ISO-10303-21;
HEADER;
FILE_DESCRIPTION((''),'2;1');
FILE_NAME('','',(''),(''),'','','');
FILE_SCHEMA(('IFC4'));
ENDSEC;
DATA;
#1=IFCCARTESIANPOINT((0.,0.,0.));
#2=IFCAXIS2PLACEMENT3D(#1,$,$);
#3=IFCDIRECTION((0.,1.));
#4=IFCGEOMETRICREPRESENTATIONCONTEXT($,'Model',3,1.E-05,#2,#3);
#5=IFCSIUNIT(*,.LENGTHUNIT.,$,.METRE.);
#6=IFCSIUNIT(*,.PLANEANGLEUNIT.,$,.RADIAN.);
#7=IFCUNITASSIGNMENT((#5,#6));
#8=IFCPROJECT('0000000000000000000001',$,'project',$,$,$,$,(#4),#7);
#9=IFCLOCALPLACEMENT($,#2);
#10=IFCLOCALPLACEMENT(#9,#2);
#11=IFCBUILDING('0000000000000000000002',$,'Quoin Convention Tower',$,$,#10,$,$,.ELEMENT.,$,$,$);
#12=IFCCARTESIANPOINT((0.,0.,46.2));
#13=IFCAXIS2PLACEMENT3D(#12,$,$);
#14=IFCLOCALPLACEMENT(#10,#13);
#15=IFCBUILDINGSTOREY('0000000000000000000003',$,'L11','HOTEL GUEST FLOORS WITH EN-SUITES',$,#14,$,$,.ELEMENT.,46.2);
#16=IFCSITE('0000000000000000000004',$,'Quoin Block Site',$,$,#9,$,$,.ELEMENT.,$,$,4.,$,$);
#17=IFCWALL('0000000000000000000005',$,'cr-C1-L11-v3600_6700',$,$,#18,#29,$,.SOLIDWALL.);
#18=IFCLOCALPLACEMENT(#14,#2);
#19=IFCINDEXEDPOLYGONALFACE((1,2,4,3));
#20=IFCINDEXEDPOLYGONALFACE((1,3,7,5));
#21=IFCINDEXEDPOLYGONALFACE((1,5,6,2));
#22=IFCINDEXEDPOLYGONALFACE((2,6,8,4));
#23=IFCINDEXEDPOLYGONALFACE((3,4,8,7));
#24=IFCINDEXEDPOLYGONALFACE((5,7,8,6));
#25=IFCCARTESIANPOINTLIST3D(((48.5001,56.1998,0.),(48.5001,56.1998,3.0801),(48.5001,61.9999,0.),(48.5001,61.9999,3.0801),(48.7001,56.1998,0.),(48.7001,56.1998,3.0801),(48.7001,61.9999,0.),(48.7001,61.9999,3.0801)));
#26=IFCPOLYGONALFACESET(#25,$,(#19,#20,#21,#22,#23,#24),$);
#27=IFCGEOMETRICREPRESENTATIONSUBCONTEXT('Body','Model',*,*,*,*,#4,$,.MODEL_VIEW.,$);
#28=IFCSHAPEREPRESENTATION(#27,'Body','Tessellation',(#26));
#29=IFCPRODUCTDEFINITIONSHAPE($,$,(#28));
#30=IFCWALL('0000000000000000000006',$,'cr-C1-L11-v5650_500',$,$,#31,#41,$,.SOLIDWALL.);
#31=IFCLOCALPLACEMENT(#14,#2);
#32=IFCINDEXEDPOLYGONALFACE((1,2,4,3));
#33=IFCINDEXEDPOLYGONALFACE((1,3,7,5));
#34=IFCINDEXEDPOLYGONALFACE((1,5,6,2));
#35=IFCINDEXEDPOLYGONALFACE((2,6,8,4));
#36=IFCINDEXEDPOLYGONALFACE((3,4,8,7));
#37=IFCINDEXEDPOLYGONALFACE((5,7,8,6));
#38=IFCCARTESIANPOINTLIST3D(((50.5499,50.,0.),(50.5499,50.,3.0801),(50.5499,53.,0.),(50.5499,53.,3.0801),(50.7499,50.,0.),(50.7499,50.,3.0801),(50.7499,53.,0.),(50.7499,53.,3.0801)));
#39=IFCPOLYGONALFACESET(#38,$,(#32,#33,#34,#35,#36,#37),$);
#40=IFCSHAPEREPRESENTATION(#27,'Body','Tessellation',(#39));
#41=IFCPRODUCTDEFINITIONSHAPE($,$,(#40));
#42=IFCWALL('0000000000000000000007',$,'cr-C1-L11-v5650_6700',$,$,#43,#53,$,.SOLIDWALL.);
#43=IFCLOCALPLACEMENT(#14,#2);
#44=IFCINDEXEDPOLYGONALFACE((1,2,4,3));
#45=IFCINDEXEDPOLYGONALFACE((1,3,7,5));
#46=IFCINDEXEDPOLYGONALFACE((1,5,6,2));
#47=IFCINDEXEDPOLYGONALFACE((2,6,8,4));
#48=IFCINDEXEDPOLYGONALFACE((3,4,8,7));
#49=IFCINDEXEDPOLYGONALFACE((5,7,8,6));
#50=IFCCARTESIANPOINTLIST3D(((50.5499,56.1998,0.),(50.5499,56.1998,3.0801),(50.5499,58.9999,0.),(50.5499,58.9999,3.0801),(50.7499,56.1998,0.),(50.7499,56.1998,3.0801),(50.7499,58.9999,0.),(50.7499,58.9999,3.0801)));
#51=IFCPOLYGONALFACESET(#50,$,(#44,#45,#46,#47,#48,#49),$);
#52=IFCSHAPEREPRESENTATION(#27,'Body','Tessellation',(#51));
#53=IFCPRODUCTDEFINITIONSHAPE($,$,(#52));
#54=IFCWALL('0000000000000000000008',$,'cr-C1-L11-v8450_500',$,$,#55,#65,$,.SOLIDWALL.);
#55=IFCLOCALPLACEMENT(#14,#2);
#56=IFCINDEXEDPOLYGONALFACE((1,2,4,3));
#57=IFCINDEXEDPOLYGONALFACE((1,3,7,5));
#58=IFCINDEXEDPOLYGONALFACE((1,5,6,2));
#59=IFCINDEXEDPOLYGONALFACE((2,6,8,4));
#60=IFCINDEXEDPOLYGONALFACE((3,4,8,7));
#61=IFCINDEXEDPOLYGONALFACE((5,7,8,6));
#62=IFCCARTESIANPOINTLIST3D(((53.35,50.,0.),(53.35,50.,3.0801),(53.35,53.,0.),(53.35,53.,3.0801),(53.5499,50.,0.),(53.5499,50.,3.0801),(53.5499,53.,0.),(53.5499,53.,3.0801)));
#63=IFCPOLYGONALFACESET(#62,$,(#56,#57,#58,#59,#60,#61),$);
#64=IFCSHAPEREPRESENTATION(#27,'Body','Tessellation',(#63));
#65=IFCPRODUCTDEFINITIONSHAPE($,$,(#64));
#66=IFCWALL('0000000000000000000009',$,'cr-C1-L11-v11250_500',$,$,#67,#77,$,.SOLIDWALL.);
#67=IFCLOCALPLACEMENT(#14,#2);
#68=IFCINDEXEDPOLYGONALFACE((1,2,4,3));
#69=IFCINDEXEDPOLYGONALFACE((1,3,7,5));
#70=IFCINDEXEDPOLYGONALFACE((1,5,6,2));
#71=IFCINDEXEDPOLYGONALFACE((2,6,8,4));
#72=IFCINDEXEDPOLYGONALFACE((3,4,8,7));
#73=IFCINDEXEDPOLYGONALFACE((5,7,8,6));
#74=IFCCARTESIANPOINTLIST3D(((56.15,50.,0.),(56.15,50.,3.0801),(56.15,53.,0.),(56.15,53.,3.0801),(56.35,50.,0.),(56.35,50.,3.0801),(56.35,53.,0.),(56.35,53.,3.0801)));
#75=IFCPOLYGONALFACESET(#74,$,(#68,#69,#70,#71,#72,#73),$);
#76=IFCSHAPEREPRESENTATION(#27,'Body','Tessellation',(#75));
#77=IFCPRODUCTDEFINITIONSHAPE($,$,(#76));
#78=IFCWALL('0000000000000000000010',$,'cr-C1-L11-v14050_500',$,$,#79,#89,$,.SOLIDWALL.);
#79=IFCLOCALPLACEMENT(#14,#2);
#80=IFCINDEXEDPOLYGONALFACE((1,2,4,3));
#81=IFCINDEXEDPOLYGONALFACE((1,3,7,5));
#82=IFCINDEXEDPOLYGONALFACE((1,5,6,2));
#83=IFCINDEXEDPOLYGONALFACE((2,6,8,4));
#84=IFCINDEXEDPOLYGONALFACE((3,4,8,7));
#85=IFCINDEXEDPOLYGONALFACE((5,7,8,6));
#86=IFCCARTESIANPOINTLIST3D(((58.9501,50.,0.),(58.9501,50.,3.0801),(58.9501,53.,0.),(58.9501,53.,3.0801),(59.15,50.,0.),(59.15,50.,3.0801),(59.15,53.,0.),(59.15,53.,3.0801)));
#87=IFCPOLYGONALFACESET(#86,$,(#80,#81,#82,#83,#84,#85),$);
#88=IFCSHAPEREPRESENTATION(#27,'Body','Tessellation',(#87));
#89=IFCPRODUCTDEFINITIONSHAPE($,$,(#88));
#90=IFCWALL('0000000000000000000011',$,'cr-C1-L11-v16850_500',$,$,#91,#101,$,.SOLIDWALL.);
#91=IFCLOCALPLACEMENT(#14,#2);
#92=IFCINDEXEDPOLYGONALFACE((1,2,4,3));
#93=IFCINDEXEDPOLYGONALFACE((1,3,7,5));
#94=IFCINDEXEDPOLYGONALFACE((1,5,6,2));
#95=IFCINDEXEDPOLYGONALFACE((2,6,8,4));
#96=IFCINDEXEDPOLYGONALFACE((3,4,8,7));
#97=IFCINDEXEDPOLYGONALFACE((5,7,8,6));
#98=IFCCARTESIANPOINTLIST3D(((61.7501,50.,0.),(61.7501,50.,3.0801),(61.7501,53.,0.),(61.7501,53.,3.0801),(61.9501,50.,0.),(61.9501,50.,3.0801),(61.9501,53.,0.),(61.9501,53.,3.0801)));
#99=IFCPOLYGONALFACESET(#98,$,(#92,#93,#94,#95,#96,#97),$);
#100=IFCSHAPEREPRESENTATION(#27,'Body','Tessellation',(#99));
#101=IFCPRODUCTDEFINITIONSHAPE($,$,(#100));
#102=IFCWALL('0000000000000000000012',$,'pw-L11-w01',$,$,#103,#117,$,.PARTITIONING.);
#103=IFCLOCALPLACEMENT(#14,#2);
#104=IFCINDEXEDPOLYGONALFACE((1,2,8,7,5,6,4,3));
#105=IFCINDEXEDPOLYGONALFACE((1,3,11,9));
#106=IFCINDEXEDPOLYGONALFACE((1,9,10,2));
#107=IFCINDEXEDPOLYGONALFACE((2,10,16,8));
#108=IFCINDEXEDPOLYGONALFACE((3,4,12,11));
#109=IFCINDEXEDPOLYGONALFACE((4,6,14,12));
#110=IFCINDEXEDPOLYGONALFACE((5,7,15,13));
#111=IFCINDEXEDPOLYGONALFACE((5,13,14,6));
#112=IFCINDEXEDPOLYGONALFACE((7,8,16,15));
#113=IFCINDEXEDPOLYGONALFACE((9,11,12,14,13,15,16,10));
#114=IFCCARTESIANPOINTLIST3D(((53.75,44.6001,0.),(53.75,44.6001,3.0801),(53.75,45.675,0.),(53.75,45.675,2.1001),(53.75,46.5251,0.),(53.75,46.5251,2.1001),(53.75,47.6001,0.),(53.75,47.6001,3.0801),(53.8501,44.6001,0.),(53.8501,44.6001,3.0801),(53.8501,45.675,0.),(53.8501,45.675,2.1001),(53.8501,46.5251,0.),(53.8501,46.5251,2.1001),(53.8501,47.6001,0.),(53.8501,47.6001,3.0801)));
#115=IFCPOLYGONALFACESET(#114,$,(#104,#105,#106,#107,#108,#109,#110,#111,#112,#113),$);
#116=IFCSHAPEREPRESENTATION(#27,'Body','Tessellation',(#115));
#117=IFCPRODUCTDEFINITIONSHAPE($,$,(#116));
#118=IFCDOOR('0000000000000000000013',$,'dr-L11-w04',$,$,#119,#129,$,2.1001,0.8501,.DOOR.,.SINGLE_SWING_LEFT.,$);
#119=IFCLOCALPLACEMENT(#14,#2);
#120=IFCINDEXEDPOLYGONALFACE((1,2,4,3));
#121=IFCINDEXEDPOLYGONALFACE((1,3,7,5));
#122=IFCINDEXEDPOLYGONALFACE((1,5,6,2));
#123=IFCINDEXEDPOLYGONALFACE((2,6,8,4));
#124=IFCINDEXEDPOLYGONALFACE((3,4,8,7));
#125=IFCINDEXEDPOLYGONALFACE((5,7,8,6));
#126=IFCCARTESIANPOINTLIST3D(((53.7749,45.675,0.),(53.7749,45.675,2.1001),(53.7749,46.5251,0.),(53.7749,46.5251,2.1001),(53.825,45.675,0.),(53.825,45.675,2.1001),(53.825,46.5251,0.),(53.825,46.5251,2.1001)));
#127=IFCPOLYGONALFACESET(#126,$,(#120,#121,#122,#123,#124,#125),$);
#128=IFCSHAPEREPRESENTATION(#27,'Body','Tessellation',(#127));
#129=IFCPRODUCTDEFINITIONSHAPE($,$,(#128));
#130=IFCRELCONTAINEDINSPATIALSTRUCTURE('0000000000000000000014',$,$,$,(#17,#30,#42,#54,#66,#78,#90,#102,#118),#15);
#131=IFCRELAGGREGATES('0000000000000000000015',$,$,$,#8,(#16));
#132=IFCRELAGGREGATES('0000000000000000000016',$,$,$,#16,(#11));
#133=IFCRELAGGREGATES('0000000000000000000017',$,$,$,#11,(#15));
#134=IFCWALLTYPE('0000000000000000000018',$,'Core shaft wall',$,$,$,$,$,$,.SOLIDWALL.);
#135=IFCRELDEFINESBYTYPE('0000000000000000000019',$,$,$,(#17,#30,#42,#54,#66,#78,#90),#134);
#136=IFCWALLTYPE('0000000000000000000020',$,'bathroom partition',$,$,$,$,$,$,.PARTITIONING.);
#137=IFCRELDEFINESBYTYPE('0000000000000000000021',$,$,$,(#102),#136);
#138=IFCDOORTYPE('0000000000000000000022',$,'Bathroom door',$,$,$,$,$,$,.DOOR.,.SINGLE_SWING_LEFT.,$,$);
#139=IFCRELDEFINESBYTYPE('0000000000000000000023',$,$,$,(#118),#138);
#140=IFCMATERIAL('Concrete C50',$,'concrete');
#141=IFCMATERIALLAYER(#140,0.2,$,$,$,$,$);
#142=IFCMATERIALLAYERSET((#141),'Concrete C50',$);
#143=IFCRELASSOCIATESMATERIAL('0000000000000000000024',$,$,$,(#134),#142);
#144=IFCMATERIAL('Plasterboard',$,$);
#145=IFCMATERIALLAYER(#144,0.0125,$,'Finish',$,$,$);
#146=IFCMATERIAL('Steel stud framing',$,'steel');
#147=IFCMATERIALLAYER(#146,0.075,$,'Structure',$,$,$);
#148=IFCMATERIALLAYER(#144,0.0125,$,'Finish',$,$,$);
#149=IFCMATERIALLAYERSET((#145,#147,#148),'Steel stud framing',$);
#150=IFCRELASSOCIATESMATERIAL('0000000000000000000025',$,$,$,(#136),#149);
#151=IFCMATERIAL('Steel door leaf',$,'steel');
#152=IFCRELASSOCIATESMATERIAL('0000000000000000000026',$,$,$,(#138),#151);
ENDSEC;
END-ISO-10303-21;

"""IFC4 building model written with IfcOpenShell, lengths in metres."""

from ifc_helpers import new_model, si_unit, direction, frame, frame_2d, origin, place, context, subcontext, project, spatial, rectangle, extrude, material, layer, layer_set, type_object, element, fill, save


model = new_model("IFC4")

# Units and contexts
model_context = context("Model", 3, precision=1e-05, world=origin(), true_north=direction((0.0, 1.0)))
body_context = subcontext(model_context, "Body", "Model", "MODEL_VIEW")
ifc_project = project(units=[si_unit("LENGTHUNIT", "METRE"), si_unit("PLANEANGLEUNIT", "RADIAN")], contexts=[model_context])

# Site, building, storey
site_placement = place(None, origin())
site = spatial("IfcSite", under=ifc_project, at=site_placement, Name="Quoin Block Site", CompositionType="ELEMENT", RefElevation=4.0)
building_placement = place(site_placement, origin())
building = spatial("IfcBuilding", under=site, at=building_placement, Name="Quoin Convention Tower", CompositionType="ELEMENT")
storey_placement = place(building_placement, frame((0.0, 0.0, 46.2)))
storey = spatial("IfcBuildingStorey", under=building, at=storey_placement, Name="L11", Description="HOTEL GUEST FLOORS WITH EN-SUITES", CompositionType="ELEMENT", Elevation=46.2)

# Shared definitions
ifc_material_1 = material(Name="Plasterboard")
ifc_material_2 = material(Name="Steel stud framing", Category="steel")
ifc_material_3 = material(Name="Steel door leaf", Category="steel")
ifc_material_4 = material(Name="Concrete C50", Category="concrete")
ifc_layer_1 = layer(ifc_material_4, 0.2)
ifc_layer_set_1 = layer_set([ifc_layer_1], Name="Concrete C50")
wall_type_1 = type_object("IfcWallType", Name="Core shaft wall", PredefinedType="SOLIDWALL", material=ifc_layer_set_1)

# Walls
wall_1_placement = place(storey_placement, frame((48.6001, 56.2, 0.0), z_axis=(0.0, 0.0, 1.0), x_axis=(0.0, 1.0, 0.0)))
element("IfcWall", 1, at=wall_1_placement, inside=storey, type_object=wall_type_1, Name="cr-C1-L11-v3600_6700", PredefinedType="SOLIDWALL", context=body_context, shape_type="SweptSolid", body=[
    extrude(rectangle(XDim=5.8, YDim=0.2, at=frame_2d((2.8999, 0.0))), origin(), (0.0, 0.0, 1.0), 3.0801),
])
wall_2_placement = place(storey_placement, frame((50.6499, 50.0, 0.0), z_axis=(0.0, 0.0, 1.0), x_axis=(0.0, 1.0, 0.0)))
element("IfcWall", 2, at=wall_2_placement, inside=storey, type_object=wall_type_1, Name="cr-C1-L11-v5650_500", PredefinedType="SOLIDWALL", context=body_context, shape_type="SweptSolid", body=[
    extrude(rectangle(XDim=3.0, YDim=0.2, at=frame_2d((1.5, 0.0))), origin(), (0.0, 0.0, 1.0), 3.0801),
])
wall_3_placement = place(storey_placement, frame((50.6499, 56.2, 0.0), z_axis=(0.0, 0.0, 1.0), x_axis=(0.0, 1.0, 0.0)))
element("IfcWall", 3, at=wall_3_placement, inside=storey, type_object=wall_type_1, Name="cr-C1-L11-v5650_6700", PredefinedType="SOLIDWALL", context=body_context, shape_type="SweptSolid", body=[
    extrude(rectangle(XDim=2.8, YDim=0.2, at=frame_2d((1.3999, 0.0))), origin(), (0.0, 0.0, 1.0), 3.0801),
])
for number, where, z_axis, x_axis, name in (
    (4, (53.45, 50.0, 0.0), (0.0, 0.0, 1.0), (0.0, 1.0, 0.0), "cr-C1-L11-v8450_500"),
    (5, (56.25, 50.0, 0.0), (0.0, 0.0, 1.0), (0.0, 1.0, 0.0), "cr-C1-L11-v11250_500"),
    (6, (59.05, 50.0, 0.0), (0.0, 0.0, 1.0), (0.0, 1.0, 0.0), "cr-C1-L11-v14050_500"),
    (7, (61.8501, 50.0, 0.0), (0.0, 0.0, 1.0), (0.0, 1.0, 0.0), "cr-C1-L11-v16850_500"),
):
    element("IfcWall", number, at=place(storey_placement, frame(where, z_axis=z_axis, x_axis=x_axis)), inside=storey, type_object=wall_type_1, Name=name, PredefinedType="SOLIDWALL", context=body_context, shape_type="SweptSolid", body=[
        extrude(rectangle(XDim=3.0, YDim=0.2, at=frame_2d((1.5, 0.0))), origin(), (0.0, 0.0, 1.0), 3.0801),
    ])

# Wall, opening, door
ifc_layer_2 = layer(ifc_material_1, 0.0125, Name="Finish")
ifc_layer_3 = layer(ifc_material_2, 0.075, Name="Structure")
ifc_layer_4 = layer(ifc_material_1, 0.0125, Name="Finish")
ifc_layer_set_2 = layer_set([ifc_layer_2, ifc_layer_3, ifc_layer_4], Name="Steel stud framing")
wall_type_2 = type_object("IfcWallType", Name="bathroom partition", PredefinedType="PARTITIONING", material=ifc_layer_set_2)
wall_4_placement = place(storey_placement, frame((53.8, 47.6001, 0.0), z_axis=(0.0, 0.0, 1.0), x_axis=(0.0, -1.0, 0.0)))
wall_4 = element("IfcWall", 8, at=wall_4_placement, inside=storey, type_object=wall_type_2, Name="pw-L11-w01", PredefinedType="PARTITIONING", context=body_context, shape_type="SweptSolid", body=[
    extrude(rectangle(XDim=3.0, YDim=0.1001, at=frame_2d((1.5, 0.0))), origin(), (0.0, 0.0, 1.0), 3.0801),
])
opening_1_placement = place(wall_4_placement, frame((1.075, 0.0, 0.0)))
opening_1 = element("IfcOpeningElement", 9, at=opening_1_placement, cuts=wall_4, PredefinedType="OPENING", context=body_context, shape_type="SweptSolid", body=[
    extrude(rectangle(XDim=0.8501, YDim=2.1001, at=frame_2d((0.425, 1.05))), frame((0.0, 0.0601, 0.0), z_axis=(0.0, -1.0, 0.0), x_axis=(1.0, 0.0, 0.0)), (0.0, 0.0, 1.0), 0.1201),
])
door_type_1 = type_object("IfcDoorType", Name="Bathroom door", OperationType="SINGLE_SWING_LEFT", PredefinedType="DOOR", material=ifc_material_3)
door_1_placement = place(opening_1_placement, origin())
door_1 = element("IfcDoor", 10, at=door_1_placement, inside=storey, type_object=door_type_1, Name="dr-L11-w04", OperationType="SINGLE_SWING_LEFT", OverallHeight=2.1001, OverallWidth=0.8501, PredefinedType="DOOR", context=body_context, shape_type="SweptSolid", body=[
    extrude(rectangle(XDim=0.8501, YDim=2.1001, at=frame_2d((0.425, 1.05))), frame((0.0, 0.0249, 0.0), z_axis=(0.0, -1.0, 0.0), x_axis=(1.0, 0.0, 0.0)), (0.0, 0.0, 1.0), 0.05),
])
fill(opening_1, door_1)

save(model, "model.ifc")
